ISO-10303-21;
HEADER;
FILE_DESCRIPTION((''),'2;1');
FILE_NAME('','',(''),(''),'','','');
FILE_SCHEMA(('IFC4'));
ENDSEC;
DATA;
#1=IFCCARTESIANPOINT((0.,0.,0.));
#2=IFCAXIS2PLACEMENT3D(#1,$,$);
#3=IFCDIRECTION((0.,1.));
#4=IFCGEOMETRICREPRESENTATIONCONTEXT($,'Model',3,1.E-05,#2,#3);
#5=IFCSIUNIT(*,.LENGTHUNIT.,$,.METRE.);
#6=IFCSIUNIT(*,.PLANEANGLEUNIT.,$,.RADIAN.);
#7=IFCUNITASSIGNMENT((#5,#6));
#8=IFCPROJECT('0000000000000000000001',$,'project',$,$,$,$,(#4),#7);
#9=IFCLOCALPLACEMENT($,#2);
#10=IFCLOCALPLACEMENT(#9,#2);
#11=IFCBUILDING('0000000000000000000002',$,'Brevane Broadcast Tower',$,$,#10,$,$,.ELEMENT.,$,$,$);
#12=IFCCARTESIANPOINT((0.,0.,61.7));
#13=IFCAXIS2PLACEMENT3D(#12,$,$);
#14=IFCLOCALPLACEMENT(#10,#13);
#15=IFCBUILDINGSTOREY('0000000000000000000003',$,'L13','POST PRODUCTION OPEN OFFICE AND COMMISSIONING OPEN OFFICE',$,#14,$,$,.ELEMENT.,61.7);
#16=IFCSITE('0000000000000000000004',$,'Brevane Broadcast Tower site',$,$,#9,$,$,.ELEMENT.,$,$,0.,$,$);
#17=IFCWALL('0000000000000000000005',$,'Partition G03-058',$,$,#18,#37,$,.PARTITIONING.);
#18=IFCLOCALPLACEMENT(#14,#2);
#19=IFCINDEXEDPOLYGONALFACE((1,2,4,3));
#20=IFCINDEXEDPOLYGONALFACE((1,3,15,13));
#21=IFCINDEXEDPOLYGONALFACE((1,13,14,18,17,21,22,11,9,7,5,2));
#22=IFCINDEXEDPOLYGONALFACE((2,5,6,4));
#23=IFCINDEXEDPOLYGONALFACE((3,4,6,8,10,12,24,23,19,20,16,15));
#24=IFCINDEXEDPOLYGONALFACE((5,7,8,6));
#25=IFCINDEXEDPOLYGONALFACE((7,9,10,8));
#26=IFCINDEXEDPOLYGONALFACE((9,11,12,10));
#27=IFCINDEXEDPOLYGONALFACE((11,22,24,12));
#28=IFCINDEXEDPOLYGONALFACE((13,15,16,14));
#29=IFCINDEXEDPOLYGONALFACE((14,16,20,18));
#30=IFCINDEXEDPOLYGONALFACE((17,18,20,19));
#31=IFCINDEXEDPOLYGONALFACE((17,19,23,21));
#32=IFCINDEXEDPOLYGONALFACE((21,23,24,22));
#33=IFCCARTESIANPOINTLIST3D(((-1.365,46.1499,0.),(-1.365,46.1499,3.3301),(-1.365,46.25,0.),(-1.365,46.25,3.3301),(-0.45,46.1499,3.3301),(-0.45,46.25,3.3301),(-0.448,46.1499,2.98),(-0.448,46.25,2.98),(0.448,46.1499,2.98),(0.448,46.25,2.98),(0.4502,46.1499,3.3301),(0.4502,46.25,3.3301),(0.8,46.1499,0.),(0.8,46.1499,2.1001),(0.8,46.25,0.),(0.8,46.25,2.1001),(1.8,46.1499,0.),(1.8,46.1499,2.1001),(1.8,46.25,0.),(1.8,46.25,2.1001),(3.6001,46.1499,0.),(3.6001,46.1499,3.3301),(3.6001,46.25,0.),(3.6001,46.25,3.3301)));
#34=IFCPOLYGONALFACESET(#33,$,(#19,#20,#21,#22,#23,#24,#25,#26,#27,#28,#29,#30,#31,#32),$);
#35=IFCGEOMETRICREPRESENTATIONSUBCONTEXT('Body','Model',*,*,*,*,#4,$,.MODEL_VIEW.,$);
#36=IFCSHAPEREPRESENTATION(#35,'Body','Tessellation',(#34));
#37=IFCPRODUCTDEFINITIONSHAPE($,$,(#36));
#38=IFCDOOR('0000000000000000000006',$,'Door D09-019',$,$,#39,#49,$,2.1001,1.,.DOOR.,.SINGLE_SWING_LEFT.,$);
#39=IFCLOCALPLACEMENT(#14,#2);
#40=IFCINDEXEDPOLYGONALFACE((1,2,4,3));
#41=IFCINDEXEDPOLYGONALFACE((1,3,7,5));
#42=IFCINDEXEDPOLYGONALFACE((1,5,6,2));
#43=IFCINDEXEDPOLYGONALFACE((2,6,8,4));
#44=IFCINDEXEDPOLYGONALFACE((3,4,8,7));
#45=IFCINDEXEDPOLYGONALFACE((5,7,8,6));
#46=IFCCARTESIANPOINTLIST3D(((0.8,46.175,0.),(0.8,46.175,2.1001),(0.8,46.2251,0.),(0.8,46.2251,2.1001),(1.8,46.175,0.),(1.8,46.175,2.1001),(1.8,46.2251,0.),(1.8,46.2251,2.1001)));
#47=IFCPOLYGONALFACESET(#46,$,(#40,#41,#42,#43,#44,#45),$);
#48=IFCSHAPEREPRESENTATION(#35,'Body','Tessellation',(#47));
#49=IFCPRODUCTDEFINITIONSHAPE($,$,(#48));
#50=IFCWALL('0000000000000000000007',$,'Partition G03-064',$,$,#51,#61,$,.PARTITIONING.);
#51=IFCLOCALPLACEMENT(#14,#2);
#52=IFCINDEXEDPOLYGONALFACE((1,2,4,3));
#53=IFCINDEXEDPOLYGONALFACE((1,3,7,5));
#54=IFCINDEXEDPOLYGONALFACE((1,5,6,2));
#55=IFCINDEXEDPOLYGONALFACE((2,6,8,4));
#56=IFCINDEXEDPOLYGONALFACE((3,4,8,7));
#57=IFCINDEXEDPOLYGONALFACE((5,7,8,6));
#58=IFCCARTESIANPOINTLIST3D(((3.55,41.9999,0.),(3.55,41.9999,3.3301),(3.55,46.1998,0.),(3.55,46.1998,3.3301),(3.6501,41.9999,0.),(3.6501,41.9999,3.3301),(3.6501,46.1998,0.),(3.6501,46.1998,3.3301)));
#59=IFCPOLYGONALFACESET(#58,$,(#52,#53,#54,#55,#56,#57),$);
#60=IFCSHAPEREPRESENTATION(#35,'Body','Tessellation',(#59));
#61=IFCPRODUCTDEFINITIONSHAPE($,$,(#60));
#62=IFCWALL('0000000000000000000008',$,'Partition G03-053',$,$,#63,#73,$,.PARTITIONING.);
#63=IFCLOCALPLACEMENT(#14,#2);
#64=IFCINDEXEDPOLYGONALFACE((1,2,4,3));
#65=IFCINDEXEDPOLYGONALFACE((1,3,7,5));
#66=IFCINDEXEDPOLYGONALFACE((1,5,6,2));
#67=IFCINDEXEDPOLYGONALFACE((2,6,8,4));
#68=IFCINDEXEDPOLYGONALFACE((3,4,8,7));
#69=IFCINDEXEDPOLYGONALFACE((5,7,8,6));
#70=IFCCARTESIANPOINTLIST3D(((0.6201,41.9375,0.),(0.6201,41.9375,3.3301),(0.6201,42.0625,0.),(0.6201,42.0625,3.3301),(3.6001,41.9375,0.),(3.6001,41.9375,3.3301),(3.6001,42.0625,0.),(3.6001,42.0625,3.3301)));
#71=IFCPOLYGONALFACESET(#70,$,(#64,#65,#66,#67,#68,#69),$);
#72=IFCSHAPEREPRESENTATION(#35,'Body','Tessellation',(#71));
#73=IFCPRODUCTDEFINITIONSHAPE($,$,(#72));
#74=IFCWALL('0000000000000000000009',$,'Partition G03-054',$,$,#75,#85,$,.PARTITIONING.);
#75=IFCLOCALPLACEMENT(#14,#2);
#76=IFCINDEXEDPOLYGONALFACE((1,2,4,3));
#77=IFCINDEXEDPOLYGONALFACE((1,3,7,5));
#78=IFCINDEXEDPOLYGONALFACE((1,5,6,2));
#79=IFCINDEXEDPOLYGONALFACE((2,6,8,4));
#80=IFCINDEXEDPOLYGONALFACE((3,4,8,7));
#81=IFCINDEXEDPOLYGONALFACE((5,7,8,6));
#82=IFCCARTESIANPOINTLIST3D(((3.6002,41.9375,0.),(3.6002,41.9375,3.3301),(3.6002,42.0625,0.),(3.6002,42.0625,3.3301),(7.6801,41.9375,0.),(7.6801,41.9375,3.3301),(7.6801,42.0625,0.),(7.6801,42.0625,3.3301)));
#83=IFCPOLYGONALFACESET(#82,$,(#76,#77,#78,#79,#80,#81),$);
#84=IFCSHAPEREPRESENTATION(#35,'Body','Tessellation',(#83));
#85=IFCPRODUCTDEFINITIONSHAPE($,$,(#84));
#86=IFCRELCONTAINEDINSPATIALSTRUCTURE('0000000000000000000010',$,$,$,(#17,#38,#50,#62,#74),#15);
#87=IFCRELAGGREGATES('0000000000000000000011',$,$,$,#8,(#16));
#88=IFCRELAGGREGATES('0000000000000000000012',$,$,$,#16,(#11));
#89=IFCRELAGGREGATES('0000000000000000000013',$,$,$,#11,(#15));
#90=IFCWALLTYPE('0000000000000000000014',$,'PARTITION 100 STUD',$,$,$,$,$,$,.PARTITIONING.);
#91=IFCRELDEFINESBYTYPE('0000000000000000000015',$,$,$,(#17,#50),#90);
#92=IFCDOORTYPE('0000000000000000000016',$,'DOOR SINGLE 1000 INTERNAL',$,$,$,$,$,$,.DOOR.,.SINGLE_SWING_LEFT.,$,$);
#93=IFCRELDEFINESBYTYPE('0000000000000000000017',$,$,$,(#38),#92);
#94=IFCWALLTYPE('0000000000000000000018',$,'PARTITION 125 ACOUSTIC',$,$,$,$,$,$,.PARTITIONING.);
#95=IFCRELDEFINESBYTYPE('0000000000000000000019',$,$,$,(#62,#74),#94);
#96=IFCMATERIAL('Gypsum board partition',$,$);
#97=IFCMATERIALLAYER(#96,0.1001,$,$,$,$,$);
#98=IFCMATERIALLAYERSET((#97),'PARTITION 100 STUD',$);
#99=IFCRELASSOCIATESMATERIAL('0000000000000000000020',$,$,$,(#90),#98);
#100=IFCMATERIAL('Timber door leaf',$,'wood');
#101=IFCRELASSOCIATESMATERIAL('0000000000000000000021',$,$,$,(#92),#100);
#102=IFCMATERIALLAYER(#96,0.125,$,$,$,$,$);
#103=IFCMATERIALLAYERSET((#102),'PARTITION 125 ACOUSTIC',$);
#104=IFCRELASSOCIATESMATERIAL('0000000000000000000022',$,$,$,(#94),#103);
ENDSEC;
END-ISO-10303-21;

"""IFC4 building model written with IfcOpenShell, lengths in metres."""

from ifc_helpers import new_model, si_unit, direction, frame, frame_2d, origin, place, context, subcontext, project, spatial, polyline, rectangle, outline, extrude, material, layer, layer_set, type_object, element, fill, save


model = new_model("IFC4")

# Units and contexts
model_context = context("Model", 3, precision=1e-05, world=origin(), true_north=direction((0.0, 1.0)))
body_context = subcontext(model_context, "Body", "Model", "MODEL_VIEW")
ifc_project = project(units=[si_unit("LENGTHUNIT", "METRE"), si_unit("PLANEANGLEUNIT", "RADIAN")], contexts=[model_context])

# Site, building, storey
site_placement = place(None, origin())
site = spatial("IfcSite", under=ifc_project, at=site_placement, Name="Brevane Broadcast Tower site", CompositionType="ELEMENT", RefElevation=0.0)
building_placement = place(site_placement, origin())
building = spatial("IfcBuilding", under=site, at=building_placement, Name="Brevane Broadcast Tower", CompositionType="ELEMENT")
storey_placement = place(building_placement, frame((0.0, 0.0, 61.7)))
storey = spatial("IfcBuildingStorey", under=building, at=storey_placement, Name="L13", Description="POST PRODUCTION OPEN OFFICE AND COMMISSIONING OPEN OFFICE", CompositionType="ELEMENT", Elevation=61.7)

# Wall, opening, door
ifc_material_1 = material(Name="Gypsum board partition")
ifc_layer_1 = layer(ifc_material_1, 0.1001)
ifc_layer_set_1 = layer_set([ifc_layer_1], Name="PARTITION 100 STUD")
wall_type_1 = type_object("IfcWallType", Name="PARTITION 100 STUD", PredefinedType="PARTITIONING", material=ifc_layer_set_1)
ifc_material_2 = material(Name="Timber door leaf", Category="wood")
door_type = type_object("IfcDoorType", Name="DOOR SINGLE 1000 INTERNAL", OperationType="SINGLE_SWING_LEFT", PredefinedType="DOOR", material=ifc_material_2)
wall_1_placement = place(storey_placement, frame((3.6001, 46.2, 0.0), z_axis=(0.0, 0.0, 1.0), x_axis=(-1.0, 0.0, 0.0)))
wall_1 = element("IfcWall", 1, at=wall_1_placement, inside=storey, type_object=wall_type_1, Name="Partition G03-058", PredefinedType="PARTITIONING", context=body_context, shape_type="SweptSolid", body=[
    extrude(outline(polyline([(0.0, 0.0), (4.9651, 0.0), (4.9651, 3.3301), (4.7, 3.3301), (4.05, 3.3301), (4.0481, 2.98), (3.1521, 2.98), (3.1499, 3.3301), (0.0, 3.3301), (0.0, 0.0)])), frame((0.0, 0.05, 0.0), z_axis=(0.0, -1.0, 0.0), x_axis=(1.0, 0.0, 0.0)), (0.0, 0.0, 1.0), 0.1001),
])
opening_1_placement = place(wall_1_placement, frame((1.8, 0.0, 0.0)))
opening_1 = element("IfcOpeningElement", 2, at=opening_1_placement, cuts=wall_1, PredefinedType="OPENING", context=body_context, shape_type="SweptSolid", body=[
    extrude(rectangle(XDim=1.0, YDim=2.1001, at=frame_2d((0.5, 1.05))), frame((0.0, 0.0601, 0.0), z_axis=(0.0, -1.0, 0.0), x_axis=(1.0, 0.0, 0.0)), (0.0, 0.0, 1.0), 0.1201),
])
door_1_placement = place(opening_1_placement, origin())
door_1 = element("IfcDoor", 3, at=door_1_placement, inside=storey, type_object=door_type, Name="Door D09-019", OperationType="SINGLE_SWING_LEFT", OverallHeight=2.1001, OverallWidth=1.0, PredefinedType="DOOR", context=body_context, shape_type="SweptSolid", body=[
    extrude(rectangle(XDim=1.0, YDim=2.1001, at=frame_2d((0.5, 1.05))), frame((0.0, 0.0249, 0.0), z_axis=(0.0, -1.0, 0.0), x_axis=(1.0, 0.0, 0.0)), (0.0, 0.0, 1.0), 0.05),
])
fill(opening_1, door_1)

# Walls
wall_2_placement = place(storey_placement, frame((3.6001, 46.2, 0.0), z_axis=(0.0, 0.0, 1.0), x_axis=(0.0, -1.0, 0.0)))
element("IfcWall", 4, at=wall_2_placement, inside=storey, type_object=wall_type_1, Name="Partition G03-064", PredefinedType="PARTITIONING", context=body_context, shape_type="SweptSolid", body=[
    extrude(rectangle(XDim=4.2, YDim=0.1001, at=frame_2d((2.1001, 0.0))), origin(), (0.0, 0.0, 1.0), 3.3301),
])
ifc_layer_2 = layer(ifc_material_1, 0.125)
ifc_layer_set_2 = layer_set([ifc_layer_2], Name="PARTITION 125 ACOUSTIC")
wall_type_2 = type_object("IfcWallType", Name="PARTITION 125 ACOUSTIC", PredefinedType="PARTITIONING", material=ifc_layer_set_2)
wall_3_placement = place(storey_placement, frame((0.6201, 42.0, 0.0), z_axis=(0.0, 0.0, 1.0), x_axis=(1.0, 0.0, 0.0)))
element("IfcWall", 5, at=wall_3_placement, inside=storey, type_object=wall_type_2, Name="Partition G03-053", PredefinedType="PARTITIONING", context=body_context, shape_type="SweptSolid", body=[
    extrude(rectangle(XDim=2.98, YDim=0.125, at=frame_2d((1.49, 0.0))), origin(), (0.0, 0.0, 1.0), 3.3301),
])
wall_4_placement = place(storey_placement, frame((3.6001, 42.0, 0.0), z_axis=(0.0, 0.0, 1.0), x_axis=(1.0, 0.0, 0.0)))
element("IfcWall", 6, at=wall_4_placement, inside=storey, type_object=wall_type_2, Name="Partition G03-054", PredefinedType="PARTITIONING", context=body_context, shape_type="SweptSolid", body=[
    extrude(rectangle(XDim=4.0798, YDim=0.125, at=frame_2d((2.04, 0.0))), origin(), (0.0, 0.0, 1.0), 3.3301),
])

save(model, "model.ifc")
